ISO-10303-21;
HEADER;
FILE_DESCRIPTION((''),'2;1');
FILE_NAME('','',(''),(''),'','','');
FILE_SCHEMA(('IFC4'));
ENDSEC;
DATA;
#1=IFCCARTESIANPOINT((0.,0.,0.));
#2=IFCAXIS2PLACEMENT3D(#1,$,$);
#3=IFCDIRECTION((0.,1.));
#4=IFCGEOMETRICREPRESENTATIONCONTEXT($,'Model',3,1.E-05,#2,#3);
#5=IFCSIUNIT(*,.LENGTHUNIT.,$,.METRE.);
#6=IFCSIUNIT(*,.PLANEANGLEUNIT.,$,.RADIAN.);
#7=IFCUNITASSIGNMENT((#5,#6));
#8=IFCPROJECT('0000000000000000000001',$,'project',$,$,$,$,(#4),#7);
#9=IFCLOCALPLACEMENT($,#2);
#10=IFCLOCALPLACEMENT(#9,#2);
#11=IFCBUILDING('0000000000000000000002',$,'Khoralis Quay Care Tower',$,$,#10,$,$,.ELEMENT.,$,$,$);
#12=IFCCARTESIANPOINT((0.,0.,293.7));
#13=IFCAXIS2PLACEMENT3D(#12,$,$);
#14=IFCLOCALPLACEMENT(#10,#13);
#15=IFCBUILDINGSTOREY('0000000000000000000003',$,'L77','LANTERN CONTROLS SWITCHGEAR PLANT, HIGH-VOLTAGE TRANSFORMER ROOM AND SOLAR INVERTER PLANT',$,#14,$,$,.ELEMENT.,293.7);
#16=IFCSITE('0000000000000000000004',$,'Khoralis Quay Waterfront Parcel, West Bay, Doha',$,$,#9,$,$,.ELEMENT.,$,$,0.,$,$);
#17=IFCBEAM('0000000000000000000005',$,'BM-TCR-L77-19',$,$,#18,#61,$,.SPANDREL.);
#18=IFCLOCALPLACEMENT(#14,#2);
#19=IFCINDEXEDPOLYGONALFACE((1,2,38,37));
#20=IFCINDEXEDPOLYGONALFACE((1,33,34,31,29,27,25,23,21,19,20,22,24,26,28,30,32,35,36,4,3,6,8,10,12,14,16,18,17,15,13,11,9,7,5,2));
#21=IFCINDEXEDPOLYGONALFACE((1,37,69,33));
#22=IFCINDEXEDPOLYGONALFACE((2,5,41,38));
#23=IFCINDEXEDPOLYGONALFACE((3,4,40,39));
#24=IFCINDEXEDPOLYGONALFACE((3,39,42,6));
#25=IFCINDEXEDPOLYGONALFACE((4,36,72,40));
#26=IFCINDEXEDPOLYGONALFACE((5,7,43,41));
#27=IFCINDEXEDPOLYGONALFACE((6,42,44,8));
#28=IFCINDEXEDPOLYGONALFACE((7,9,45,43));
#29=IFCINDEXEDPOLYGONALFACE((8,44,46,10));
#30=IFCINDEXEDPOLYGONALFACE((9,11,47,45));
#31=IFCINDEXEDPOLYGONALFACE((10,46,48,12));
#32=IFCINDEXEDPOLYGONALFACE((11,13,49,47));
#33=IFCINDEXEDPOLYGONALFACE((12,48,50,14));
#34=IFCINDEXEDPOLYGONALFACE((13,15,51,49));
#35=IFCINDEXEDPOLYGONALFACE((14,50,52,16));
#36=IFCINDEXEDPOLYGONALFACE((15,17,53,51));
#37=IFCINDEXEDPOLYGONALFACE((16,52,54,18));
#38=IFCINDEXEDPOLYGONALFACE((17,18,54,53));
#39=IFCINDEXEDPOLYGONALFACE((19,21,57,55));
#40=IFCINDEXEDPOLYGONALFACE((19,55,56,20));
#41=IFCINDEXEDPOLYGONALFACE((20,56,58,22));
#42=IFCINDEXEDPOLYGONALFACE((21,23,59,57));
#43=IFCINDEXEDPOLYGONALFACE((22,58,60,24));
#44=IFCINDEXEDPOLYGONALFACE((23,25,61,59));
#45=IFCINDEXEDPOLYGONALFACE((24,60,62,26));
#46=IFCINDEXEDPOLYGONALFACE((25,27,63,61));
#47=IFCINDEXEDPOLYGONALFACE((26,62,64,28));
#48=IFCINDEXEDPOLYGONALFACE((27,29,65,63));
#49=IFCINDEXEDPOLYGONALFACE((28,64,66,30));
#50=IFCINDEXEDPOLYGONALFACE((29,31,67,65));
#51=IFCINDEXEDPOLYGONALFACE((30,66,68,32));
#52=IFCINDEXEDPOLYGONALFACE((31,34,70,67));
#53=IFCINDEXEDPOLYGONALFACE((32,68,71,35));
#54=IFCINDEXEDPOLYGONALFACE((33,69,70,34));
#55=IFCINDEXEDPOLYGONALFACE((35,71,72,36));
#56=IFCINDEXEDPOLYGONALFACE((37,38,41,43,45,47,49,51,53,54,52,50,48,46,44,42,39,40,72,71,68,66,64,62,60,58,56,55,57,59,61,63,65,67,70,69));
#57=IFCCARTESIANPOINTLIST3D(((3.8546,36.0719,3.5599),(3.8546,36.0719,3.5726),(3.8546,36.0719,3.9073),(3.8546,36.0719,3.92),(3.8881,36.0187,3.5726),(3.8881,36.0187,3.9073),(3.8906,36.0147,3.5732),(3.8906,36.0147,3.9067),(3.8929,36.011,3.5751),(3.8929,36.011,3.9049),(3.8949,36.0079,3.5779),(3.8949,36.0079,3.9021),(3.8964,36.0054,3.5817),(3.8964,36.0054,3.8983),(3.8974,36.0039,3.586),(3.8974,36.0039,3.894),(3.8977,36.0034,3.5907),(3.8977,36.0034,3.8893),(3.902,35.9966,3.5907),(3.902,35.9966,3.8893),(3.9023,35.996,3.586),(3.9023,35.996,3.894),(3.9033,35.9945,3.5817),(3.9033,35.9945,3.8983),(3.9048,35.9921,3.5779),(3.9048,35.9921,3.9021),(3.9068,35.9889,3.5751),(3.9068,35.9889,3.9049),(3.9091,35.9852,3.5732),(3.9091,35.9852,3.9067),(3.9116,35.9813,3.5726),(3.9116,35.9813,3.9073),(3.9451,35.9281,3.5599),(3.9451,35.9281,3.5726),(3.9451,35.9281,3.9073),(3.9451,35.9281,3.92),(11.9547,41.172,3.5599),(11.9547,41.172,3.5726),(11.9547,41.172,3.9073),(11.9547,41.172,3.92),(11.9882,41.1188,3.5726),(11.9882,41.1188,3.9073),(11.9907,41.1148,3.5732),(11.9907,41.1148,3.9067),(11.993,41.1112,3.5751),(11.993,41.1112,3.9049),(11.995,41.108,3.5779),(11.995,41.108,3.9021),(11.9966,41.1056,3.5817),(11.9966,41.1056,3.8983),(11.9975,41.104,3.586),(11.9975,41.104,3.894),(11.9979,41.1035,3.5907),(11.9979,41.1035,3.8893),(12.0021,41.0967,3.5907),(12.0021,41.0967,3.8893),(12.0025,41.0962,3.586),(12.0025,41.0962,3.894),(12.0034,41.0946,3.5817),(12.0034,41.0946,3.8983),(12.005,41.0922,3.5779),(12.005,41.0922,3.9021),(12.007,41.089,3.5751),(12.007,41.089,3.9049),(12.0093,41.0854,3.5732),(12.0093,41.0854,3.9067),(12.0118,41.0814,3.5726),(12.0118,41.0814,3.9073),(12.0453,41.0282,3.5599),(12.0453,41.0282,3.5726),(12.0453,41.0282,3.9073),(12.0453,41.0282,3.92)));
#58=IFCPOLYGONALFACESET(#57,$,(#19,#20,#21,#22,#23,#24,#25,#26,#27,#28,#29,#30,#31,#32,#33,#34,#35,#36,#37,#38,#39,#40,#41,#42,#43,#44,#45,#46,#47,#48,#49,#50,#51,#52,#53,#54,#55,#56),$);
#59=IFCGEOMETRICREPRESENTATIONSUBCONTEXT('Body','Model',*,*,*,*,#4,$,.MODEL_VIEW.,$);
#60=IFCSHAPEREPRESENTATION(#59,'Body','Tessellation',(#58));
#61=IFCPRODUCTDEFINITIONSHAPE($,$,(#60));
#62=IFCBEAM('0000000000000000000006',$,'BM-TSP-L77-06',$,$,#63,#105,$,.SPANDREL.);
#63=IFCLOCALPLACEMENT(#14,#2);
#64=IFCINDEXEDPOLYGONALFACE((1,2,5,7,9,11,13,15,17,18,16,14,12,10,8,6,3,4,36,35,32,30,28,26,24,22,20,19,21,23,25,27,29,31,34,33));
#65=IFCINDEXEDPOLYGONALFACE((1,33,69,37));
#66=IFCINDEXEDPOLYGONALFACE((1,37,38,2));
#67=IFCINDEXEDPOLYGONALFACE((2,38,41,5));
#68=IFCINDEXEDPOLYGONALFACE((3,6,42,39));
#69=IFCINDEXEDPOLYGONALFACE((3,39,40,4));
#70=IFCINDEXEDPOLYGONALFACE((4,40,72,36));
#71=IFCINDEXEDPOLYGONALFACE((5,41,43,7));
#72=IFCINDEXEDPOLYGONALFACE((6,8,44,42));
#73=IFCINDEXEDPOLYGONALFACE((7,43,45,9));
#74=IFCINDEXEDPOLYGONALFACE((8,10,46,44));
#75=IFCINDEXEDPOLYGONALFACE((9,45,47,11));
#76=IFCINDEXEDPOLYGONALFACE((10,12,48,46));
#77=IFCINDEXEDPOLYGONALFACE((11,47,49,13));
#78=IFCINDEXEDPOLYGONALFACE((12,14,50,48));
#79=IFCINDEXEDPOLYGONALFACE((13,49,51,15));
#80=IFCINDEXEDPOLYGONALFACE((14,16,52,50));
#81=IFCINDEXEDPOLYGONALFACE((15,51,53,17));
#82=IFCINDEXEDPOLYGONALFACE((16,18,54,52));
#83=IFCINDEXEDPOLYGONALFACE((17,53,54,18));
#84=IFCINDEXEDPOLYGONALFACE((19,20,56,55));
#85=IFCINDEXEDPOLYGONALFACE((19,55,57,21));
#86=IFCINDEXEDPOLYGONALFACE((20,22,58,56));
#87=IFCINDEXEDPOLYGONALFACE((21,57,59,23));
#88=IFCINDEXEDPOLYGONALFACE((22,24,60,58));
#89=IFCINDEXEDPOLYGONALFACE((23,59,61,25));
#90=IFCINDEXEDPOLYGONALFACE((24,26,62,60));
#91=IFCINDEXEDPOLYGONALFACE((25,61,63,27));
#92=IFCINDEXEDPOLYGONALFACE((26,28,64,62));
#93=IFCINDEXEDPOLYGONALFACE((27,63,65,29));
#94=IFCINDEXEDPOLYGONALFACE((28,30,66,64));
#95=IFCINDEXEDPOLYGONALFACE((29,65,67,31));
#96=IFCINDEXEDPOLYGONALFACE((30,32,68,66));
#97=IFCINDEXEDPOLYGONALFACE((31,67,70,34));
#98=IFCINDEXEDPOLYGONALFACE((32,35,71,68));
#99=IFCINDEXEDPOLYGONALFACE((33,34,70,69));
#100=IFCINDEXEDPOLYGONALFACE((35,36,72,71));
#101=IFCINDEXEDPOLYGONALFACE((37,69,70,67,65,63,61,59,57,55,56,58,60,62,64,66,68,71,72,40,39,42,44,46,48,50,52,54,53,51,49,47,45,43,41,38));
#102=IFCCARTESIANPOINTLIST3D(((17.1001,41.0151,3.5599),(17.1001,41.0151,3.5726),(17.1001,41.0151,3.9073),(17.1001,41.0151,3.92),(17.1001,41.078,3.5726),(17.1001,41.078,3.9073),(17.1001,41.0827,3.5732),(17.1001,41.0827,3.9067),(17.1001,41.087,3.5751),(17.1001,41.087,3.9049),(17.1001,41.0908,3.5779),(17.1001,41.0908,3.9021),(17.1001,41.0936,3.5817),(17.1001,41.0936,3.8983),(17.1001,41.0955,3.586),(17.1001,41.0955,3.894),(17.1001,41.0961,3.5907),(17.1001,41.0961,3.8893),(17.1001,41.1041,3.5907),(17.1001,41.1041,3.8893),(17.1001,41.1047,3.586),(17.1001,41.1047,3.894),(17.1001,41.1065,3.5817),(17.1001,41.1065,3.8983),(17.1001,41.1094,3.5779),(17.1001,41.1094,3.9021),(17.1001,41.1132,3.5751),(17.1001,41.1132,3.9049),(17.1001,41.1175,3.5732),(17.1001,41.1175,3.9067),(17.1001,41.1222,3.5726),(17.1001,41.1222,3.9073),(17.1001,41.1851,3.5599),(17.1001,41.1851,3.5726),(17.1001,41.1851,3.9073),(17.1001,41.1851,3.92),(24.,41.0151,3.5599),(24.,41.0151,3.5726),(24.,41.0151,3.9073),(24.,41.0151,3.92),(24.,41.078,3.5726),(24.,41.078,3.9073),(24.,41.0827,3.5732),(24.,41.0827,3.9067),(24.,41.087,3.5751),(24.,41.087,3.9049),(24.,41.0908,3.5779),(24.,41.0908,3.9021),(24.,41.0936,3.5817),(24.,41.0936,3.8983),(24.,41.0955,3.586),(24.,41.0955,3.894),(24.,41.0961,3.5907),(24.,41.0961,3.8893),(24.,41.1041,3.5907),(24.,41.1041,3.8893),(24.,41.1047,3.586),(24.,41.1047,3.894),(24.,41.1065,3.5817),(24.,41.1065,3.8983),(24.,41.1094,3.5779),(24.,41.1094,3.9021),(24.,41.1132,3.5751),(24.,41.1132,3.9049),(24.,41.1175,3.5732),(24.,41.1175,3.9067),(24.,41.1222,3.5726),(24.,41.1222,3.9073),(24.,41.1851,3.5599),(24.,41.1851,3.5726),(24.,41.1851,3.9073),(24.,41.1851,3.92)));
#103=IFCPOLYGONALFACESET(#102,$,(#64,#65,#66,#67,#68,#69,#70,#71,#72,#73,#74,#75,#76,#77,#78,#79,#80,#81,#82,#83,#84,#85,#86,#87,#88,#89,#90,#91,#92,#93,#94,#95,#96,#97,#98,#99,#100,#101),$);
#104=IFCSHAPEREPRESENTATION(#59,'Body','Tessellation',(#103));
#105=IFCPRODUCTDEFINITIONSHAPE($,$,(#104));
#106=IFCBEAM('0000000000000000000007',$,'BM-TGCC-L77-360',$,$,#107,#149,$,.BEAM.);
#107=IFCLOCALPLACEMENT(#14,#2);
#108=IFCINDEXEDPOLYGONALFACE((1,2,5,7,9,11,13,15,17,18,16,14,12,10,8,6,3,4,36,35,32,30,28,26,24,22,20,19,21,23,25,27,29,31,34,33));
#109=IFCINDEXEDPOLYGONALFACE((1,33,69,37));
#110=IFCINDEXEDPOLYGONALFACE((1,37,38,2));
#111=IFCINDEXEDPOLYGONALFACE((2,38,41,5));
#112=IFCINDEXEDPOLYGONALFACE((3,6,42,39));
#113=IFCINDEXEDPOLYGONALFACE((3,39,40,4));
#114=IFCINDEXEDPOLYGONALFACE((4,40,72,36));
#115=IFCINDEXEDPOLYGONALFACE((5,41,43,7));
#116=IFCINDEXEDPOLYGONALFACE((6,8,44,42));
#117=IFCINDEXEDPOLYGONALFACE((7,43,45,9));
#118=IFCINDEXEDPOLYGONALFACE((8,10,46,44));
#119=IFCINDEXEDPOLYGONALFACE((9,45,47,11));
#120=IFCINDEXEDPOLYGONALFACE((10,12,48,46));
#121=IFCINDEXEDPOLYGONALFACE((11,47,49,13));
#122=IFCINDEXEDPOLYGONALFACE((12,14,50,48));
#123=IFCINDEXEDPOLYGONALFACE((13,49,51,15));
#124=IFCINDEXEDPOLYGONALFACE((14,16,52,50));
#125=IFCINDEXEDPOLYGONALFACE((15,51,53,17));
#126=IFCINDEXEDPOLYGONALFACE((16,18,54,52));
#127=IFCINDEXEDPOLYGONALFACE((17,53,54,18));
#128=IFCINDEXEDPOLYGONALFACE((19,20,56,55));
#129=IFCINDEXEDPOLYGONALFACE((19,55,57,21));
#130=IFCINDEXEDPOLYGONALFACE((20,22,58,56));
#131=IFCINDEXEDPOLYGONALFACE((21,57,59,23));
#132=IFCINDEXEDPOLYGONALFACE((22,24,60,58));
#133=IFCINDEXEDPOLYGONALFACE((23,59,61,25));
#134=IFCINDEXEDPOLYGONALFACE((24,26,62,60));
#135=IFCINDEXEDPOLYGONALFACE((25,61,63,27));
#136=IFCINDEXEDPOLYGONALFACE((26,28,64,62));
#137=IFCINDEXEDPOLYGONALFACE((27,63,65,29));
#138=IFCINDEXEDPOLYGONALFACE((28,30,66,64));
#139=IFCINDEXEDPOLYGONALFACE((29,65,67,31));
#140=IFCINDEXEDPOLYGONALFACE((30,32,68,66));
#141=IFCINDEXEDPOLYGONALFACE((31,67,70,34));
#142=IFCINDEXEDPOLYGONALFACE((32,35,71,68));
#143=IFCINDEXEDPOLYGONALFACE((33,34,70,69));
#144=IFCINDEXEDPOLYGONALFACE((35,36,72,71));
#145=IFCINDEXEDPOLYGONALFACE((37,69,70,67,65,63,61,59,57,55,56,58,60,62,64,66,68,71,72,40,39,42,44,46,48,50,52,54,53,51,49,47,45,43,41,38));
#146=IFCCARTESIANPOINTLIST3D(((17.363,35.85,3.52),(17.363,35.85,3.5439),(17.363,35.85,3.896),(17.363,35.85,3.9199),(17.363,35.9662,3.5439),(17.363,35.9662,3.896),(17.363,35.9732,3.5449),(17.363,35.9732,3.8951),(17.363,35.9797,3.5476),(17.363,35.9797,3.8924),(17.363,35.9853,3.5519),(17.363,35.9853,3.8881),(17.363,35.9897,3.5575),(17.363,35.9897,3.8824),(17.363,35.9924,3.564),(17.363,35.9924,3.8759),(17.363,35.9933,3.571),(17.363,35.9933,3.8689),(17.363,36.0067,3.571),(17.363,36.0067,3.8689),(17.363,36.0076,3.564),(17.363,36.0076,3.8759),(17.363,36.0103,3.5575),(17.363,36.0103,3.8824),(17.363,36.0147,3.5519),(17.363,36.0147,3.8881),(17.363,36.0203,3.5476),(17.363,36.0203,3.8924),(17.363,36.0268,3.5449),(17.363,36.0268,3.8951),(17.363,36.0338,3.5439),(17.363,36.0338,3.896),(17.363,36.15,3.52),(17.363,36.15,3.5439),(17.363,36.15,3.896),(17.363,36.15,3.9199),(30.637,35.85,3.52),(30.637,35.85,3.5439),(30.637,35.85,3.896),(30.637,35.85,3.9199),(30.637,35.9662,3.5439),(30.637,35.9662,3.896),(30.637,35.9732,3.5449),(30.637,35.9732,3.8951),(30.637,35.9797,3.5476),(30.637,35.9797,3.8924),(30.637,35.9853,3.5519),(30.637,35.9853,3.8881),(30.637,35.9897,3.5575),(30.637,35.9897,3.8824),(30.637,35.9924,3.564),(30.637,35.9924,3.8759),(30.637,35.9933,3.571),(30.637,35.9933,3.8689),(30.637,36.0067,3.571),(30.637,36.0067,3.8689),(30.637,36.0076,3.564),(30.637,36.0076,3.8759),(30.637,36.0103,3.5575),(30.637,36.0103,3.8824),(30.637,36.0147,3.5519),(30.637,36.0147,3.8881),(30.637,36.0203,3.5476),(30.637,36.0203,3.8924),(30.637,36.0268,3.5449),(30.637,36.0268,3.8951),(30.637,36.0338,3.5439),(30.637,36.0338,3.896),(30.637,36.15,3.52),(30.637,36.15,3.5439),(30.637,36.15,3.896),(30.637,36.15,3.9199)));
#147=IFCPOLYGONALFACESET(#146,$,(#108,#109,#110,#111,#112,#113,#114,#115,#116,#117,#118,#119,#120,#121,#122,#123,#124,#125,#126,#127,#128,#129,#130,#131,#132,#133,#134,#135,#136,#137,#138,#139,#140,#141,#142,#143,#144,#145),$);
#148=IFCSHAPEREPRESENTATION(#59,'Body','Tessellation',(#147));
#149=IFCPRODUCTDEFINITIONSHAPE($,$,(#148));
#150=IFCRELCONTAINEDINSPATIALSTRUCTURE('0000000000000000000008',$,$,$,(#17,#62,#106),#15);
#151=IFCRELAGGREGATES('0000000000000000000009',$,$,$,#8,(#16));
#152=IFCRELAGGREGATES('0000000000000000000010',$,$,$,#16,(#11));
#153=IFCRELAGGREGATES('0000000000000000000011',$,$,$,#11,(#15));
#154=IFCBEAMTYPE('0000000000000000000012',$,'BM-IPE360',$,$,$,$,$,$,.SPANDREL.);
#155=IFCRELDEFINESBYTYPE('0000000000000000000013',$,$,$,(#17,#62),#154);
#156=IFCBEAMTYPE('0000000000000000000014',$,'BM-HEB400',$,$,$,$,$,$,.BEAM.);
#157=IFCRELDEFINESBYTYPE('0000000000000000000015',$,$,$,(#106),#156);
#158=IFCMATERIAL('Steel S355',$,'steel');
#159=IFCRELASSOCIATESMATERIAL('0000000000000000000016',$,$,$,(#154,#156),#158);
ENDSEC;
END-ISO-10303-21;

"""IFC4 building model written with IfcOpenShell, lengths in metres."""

from ifc_helpers import new_model, si_unit, direction, frame, origin, origin_2d, place, context, subcontext, project, spatial, i_section, extrude, source, transform, mapped, material, material_profile, profile_set, type_object, element, save


model = new_model("IFC4")

# Units and contexts
model_context = context("Model", 3, precision=1e-05, world=origin(), true_north=direction((0.0, 1.0)))
body_context = subcontext(model_context, "Body", "Model", "MODEL_VIEW")
ifc_project = project(units=[si_unit("LENGTHUNIT", "METRE"), si_unit("PLANEANGLEUNIT", "RADIAN")], contexts=[model_context])

# Site, building, storey
site_placement = place(None, origin())
site = spatial("IfcSite", under=ifc_project, at=site_placement, Name="Khoralis Quay Waterfront Parcel, West Bay, Doha", CompositionType="ELEMENT", RefElevation=0.0)
building_placement = place(site_placement, origin())
building = spatial("IfcBuilding", under=site, at=building_placement, Name="Khoralis Quay Care Tower", CompositionType="ELEMENT")
storey_placement = place(building_placement, frame((0.0, 0.0, 293.7)))
storey = spatial("IfcBuildingStorey", under=building, at=storey_placement, Name="L77", Description="LANTERN CONTROLS SWITCHGEAR PLANT, HIGH-VOLTAGE TRANSFORMER ROOM AND SOLAR INVERTER PLANT", CompositionType="ELEMENT", Elevation=293.7)

# Beams
ifc_material_1 = material(Name="Steel S355", Category="steel")
ifc_material_profile_1 = material_profile(ifc_material_1, i_section(OverallWidth=0.1699, OverallDepth=0.3601, WebThickness=0.0081, FlangeThickness=0.0127, FilletRadius=0.0181, at=origin_2d()), Name="Steel S355")
ifc_profile_set_1 = profile_set([ifc_material_profile_1], Name="Steel S355")
beam_type_1 = type_object("IfcBeamType", Name="BM-IPE360", PredefinedType="SPANDREL", material=ifc_profile_set_1)
shared_shape_1 = source(origin(), body_context, "Body", "SweptSolid", [
    extrude(i_section(OverallWidth=0.1699, OverallDepth=0.3601, WebThickness=0.0081, FlangeThickness=0.0127, FilletRadius=0.0181, at=origin_2d()), origin(), (0.0, 0.0, 1.0), 9.572),
])
beam_1_placement = place(storey_placement, frame((12.0, 41.1001, 3.74), z_axis=(-0.846231, -0.532816, 0.0), x_axis=(0.532816, -0.846231, 0.0)))
element("IfcBeam", 1, at=beam_1_placement, inside=storey, type_object=beam_type_1, Name="BM-TCR-L77-19", PredefinedType="SPANDREL", context=body_context, shape_type="MappedRepresentation", body=[
    mapped(shared_shape_1, transform((0.0, 0.0, 0.0), scale=1.0)),
])
shared_shape_2 = source(origin(), body_context, "Body", "SweptSolid", [
    extrude(i_section(OverallWidth=0.1699, OverallDepth=0.3601, WebThickness=0.0081, FlangeThickness=0.0127, FilletRadius=0.0181, at=origin_2d()), origin(), (0.0, 0.0, 1.0), 6.8999),
])
beam_2_placement = place(storey_placement, frame((17.1001, 41.1001, 3.74), z_axis=(1.0, 0.0, 0.0), x_axis=(0.0, 1.0, 0.0)))
element("IfcBeam", 2, at=beam_2_placement, inside=storey, type_object=beam_type_1, Name="BM-TSP-L77-06", PredefinedType="SPANDREL", context=body_context, shape_type="MappedRepresentation", body=[
    mapped(shared_shape_2, transform((0.0, 0.0, 0.0), scale=1.0)),
])
ifc_material_profile_2 = material_profile(ifc_material_1, i_section(OverallWidth=0.3, OverallDepth=0.3999, WebThickness=0.0134, FlangeThickness=0.0239, FilletRadius=0.0271, at=origin_2d()), Name="Steel S355")
ifc_profile_set_2 = profile_set([ifc_material_profile_2], Name="Steel S355")
beam_type_2 = type_object("IfcBeamType", Name="BM-HEB400", PredefinedType="BEAM", material=ifc_profile_set_2)
shared_shape_3 = source(origin(), body_context, "Body", "SweptSolid", [
    extrude(i_section(OverallWidth=0.3, OverallDepth=0.3999, WebThickness=0.0134, FlangeThickness=0.0239, FilletRadius=0.0271, at=origin_2d()), origin(), (0.0, 0.0, 1.0), 13.2739),
])
beam_3_placement = place(storey_placement, frame((17.363, 36.0, 3.72), z_axis=(1.0, 0.0, 0.0), x_axis=(0.0, 1.0, 0.0)))
element("IfcBeam", 3, at=beam_3_placement, inside=storey, type_object=beam_type_2, Name="BM-TGCC-L77-360", PredefinedType="BEAM", context=body_context, shape_type="MappedRepresentation", body=[
    mapped(shared_shape_3, transform((0.0, 0.0, 0.0), scale=1.0)),
])

save(model, "model.ifc")
